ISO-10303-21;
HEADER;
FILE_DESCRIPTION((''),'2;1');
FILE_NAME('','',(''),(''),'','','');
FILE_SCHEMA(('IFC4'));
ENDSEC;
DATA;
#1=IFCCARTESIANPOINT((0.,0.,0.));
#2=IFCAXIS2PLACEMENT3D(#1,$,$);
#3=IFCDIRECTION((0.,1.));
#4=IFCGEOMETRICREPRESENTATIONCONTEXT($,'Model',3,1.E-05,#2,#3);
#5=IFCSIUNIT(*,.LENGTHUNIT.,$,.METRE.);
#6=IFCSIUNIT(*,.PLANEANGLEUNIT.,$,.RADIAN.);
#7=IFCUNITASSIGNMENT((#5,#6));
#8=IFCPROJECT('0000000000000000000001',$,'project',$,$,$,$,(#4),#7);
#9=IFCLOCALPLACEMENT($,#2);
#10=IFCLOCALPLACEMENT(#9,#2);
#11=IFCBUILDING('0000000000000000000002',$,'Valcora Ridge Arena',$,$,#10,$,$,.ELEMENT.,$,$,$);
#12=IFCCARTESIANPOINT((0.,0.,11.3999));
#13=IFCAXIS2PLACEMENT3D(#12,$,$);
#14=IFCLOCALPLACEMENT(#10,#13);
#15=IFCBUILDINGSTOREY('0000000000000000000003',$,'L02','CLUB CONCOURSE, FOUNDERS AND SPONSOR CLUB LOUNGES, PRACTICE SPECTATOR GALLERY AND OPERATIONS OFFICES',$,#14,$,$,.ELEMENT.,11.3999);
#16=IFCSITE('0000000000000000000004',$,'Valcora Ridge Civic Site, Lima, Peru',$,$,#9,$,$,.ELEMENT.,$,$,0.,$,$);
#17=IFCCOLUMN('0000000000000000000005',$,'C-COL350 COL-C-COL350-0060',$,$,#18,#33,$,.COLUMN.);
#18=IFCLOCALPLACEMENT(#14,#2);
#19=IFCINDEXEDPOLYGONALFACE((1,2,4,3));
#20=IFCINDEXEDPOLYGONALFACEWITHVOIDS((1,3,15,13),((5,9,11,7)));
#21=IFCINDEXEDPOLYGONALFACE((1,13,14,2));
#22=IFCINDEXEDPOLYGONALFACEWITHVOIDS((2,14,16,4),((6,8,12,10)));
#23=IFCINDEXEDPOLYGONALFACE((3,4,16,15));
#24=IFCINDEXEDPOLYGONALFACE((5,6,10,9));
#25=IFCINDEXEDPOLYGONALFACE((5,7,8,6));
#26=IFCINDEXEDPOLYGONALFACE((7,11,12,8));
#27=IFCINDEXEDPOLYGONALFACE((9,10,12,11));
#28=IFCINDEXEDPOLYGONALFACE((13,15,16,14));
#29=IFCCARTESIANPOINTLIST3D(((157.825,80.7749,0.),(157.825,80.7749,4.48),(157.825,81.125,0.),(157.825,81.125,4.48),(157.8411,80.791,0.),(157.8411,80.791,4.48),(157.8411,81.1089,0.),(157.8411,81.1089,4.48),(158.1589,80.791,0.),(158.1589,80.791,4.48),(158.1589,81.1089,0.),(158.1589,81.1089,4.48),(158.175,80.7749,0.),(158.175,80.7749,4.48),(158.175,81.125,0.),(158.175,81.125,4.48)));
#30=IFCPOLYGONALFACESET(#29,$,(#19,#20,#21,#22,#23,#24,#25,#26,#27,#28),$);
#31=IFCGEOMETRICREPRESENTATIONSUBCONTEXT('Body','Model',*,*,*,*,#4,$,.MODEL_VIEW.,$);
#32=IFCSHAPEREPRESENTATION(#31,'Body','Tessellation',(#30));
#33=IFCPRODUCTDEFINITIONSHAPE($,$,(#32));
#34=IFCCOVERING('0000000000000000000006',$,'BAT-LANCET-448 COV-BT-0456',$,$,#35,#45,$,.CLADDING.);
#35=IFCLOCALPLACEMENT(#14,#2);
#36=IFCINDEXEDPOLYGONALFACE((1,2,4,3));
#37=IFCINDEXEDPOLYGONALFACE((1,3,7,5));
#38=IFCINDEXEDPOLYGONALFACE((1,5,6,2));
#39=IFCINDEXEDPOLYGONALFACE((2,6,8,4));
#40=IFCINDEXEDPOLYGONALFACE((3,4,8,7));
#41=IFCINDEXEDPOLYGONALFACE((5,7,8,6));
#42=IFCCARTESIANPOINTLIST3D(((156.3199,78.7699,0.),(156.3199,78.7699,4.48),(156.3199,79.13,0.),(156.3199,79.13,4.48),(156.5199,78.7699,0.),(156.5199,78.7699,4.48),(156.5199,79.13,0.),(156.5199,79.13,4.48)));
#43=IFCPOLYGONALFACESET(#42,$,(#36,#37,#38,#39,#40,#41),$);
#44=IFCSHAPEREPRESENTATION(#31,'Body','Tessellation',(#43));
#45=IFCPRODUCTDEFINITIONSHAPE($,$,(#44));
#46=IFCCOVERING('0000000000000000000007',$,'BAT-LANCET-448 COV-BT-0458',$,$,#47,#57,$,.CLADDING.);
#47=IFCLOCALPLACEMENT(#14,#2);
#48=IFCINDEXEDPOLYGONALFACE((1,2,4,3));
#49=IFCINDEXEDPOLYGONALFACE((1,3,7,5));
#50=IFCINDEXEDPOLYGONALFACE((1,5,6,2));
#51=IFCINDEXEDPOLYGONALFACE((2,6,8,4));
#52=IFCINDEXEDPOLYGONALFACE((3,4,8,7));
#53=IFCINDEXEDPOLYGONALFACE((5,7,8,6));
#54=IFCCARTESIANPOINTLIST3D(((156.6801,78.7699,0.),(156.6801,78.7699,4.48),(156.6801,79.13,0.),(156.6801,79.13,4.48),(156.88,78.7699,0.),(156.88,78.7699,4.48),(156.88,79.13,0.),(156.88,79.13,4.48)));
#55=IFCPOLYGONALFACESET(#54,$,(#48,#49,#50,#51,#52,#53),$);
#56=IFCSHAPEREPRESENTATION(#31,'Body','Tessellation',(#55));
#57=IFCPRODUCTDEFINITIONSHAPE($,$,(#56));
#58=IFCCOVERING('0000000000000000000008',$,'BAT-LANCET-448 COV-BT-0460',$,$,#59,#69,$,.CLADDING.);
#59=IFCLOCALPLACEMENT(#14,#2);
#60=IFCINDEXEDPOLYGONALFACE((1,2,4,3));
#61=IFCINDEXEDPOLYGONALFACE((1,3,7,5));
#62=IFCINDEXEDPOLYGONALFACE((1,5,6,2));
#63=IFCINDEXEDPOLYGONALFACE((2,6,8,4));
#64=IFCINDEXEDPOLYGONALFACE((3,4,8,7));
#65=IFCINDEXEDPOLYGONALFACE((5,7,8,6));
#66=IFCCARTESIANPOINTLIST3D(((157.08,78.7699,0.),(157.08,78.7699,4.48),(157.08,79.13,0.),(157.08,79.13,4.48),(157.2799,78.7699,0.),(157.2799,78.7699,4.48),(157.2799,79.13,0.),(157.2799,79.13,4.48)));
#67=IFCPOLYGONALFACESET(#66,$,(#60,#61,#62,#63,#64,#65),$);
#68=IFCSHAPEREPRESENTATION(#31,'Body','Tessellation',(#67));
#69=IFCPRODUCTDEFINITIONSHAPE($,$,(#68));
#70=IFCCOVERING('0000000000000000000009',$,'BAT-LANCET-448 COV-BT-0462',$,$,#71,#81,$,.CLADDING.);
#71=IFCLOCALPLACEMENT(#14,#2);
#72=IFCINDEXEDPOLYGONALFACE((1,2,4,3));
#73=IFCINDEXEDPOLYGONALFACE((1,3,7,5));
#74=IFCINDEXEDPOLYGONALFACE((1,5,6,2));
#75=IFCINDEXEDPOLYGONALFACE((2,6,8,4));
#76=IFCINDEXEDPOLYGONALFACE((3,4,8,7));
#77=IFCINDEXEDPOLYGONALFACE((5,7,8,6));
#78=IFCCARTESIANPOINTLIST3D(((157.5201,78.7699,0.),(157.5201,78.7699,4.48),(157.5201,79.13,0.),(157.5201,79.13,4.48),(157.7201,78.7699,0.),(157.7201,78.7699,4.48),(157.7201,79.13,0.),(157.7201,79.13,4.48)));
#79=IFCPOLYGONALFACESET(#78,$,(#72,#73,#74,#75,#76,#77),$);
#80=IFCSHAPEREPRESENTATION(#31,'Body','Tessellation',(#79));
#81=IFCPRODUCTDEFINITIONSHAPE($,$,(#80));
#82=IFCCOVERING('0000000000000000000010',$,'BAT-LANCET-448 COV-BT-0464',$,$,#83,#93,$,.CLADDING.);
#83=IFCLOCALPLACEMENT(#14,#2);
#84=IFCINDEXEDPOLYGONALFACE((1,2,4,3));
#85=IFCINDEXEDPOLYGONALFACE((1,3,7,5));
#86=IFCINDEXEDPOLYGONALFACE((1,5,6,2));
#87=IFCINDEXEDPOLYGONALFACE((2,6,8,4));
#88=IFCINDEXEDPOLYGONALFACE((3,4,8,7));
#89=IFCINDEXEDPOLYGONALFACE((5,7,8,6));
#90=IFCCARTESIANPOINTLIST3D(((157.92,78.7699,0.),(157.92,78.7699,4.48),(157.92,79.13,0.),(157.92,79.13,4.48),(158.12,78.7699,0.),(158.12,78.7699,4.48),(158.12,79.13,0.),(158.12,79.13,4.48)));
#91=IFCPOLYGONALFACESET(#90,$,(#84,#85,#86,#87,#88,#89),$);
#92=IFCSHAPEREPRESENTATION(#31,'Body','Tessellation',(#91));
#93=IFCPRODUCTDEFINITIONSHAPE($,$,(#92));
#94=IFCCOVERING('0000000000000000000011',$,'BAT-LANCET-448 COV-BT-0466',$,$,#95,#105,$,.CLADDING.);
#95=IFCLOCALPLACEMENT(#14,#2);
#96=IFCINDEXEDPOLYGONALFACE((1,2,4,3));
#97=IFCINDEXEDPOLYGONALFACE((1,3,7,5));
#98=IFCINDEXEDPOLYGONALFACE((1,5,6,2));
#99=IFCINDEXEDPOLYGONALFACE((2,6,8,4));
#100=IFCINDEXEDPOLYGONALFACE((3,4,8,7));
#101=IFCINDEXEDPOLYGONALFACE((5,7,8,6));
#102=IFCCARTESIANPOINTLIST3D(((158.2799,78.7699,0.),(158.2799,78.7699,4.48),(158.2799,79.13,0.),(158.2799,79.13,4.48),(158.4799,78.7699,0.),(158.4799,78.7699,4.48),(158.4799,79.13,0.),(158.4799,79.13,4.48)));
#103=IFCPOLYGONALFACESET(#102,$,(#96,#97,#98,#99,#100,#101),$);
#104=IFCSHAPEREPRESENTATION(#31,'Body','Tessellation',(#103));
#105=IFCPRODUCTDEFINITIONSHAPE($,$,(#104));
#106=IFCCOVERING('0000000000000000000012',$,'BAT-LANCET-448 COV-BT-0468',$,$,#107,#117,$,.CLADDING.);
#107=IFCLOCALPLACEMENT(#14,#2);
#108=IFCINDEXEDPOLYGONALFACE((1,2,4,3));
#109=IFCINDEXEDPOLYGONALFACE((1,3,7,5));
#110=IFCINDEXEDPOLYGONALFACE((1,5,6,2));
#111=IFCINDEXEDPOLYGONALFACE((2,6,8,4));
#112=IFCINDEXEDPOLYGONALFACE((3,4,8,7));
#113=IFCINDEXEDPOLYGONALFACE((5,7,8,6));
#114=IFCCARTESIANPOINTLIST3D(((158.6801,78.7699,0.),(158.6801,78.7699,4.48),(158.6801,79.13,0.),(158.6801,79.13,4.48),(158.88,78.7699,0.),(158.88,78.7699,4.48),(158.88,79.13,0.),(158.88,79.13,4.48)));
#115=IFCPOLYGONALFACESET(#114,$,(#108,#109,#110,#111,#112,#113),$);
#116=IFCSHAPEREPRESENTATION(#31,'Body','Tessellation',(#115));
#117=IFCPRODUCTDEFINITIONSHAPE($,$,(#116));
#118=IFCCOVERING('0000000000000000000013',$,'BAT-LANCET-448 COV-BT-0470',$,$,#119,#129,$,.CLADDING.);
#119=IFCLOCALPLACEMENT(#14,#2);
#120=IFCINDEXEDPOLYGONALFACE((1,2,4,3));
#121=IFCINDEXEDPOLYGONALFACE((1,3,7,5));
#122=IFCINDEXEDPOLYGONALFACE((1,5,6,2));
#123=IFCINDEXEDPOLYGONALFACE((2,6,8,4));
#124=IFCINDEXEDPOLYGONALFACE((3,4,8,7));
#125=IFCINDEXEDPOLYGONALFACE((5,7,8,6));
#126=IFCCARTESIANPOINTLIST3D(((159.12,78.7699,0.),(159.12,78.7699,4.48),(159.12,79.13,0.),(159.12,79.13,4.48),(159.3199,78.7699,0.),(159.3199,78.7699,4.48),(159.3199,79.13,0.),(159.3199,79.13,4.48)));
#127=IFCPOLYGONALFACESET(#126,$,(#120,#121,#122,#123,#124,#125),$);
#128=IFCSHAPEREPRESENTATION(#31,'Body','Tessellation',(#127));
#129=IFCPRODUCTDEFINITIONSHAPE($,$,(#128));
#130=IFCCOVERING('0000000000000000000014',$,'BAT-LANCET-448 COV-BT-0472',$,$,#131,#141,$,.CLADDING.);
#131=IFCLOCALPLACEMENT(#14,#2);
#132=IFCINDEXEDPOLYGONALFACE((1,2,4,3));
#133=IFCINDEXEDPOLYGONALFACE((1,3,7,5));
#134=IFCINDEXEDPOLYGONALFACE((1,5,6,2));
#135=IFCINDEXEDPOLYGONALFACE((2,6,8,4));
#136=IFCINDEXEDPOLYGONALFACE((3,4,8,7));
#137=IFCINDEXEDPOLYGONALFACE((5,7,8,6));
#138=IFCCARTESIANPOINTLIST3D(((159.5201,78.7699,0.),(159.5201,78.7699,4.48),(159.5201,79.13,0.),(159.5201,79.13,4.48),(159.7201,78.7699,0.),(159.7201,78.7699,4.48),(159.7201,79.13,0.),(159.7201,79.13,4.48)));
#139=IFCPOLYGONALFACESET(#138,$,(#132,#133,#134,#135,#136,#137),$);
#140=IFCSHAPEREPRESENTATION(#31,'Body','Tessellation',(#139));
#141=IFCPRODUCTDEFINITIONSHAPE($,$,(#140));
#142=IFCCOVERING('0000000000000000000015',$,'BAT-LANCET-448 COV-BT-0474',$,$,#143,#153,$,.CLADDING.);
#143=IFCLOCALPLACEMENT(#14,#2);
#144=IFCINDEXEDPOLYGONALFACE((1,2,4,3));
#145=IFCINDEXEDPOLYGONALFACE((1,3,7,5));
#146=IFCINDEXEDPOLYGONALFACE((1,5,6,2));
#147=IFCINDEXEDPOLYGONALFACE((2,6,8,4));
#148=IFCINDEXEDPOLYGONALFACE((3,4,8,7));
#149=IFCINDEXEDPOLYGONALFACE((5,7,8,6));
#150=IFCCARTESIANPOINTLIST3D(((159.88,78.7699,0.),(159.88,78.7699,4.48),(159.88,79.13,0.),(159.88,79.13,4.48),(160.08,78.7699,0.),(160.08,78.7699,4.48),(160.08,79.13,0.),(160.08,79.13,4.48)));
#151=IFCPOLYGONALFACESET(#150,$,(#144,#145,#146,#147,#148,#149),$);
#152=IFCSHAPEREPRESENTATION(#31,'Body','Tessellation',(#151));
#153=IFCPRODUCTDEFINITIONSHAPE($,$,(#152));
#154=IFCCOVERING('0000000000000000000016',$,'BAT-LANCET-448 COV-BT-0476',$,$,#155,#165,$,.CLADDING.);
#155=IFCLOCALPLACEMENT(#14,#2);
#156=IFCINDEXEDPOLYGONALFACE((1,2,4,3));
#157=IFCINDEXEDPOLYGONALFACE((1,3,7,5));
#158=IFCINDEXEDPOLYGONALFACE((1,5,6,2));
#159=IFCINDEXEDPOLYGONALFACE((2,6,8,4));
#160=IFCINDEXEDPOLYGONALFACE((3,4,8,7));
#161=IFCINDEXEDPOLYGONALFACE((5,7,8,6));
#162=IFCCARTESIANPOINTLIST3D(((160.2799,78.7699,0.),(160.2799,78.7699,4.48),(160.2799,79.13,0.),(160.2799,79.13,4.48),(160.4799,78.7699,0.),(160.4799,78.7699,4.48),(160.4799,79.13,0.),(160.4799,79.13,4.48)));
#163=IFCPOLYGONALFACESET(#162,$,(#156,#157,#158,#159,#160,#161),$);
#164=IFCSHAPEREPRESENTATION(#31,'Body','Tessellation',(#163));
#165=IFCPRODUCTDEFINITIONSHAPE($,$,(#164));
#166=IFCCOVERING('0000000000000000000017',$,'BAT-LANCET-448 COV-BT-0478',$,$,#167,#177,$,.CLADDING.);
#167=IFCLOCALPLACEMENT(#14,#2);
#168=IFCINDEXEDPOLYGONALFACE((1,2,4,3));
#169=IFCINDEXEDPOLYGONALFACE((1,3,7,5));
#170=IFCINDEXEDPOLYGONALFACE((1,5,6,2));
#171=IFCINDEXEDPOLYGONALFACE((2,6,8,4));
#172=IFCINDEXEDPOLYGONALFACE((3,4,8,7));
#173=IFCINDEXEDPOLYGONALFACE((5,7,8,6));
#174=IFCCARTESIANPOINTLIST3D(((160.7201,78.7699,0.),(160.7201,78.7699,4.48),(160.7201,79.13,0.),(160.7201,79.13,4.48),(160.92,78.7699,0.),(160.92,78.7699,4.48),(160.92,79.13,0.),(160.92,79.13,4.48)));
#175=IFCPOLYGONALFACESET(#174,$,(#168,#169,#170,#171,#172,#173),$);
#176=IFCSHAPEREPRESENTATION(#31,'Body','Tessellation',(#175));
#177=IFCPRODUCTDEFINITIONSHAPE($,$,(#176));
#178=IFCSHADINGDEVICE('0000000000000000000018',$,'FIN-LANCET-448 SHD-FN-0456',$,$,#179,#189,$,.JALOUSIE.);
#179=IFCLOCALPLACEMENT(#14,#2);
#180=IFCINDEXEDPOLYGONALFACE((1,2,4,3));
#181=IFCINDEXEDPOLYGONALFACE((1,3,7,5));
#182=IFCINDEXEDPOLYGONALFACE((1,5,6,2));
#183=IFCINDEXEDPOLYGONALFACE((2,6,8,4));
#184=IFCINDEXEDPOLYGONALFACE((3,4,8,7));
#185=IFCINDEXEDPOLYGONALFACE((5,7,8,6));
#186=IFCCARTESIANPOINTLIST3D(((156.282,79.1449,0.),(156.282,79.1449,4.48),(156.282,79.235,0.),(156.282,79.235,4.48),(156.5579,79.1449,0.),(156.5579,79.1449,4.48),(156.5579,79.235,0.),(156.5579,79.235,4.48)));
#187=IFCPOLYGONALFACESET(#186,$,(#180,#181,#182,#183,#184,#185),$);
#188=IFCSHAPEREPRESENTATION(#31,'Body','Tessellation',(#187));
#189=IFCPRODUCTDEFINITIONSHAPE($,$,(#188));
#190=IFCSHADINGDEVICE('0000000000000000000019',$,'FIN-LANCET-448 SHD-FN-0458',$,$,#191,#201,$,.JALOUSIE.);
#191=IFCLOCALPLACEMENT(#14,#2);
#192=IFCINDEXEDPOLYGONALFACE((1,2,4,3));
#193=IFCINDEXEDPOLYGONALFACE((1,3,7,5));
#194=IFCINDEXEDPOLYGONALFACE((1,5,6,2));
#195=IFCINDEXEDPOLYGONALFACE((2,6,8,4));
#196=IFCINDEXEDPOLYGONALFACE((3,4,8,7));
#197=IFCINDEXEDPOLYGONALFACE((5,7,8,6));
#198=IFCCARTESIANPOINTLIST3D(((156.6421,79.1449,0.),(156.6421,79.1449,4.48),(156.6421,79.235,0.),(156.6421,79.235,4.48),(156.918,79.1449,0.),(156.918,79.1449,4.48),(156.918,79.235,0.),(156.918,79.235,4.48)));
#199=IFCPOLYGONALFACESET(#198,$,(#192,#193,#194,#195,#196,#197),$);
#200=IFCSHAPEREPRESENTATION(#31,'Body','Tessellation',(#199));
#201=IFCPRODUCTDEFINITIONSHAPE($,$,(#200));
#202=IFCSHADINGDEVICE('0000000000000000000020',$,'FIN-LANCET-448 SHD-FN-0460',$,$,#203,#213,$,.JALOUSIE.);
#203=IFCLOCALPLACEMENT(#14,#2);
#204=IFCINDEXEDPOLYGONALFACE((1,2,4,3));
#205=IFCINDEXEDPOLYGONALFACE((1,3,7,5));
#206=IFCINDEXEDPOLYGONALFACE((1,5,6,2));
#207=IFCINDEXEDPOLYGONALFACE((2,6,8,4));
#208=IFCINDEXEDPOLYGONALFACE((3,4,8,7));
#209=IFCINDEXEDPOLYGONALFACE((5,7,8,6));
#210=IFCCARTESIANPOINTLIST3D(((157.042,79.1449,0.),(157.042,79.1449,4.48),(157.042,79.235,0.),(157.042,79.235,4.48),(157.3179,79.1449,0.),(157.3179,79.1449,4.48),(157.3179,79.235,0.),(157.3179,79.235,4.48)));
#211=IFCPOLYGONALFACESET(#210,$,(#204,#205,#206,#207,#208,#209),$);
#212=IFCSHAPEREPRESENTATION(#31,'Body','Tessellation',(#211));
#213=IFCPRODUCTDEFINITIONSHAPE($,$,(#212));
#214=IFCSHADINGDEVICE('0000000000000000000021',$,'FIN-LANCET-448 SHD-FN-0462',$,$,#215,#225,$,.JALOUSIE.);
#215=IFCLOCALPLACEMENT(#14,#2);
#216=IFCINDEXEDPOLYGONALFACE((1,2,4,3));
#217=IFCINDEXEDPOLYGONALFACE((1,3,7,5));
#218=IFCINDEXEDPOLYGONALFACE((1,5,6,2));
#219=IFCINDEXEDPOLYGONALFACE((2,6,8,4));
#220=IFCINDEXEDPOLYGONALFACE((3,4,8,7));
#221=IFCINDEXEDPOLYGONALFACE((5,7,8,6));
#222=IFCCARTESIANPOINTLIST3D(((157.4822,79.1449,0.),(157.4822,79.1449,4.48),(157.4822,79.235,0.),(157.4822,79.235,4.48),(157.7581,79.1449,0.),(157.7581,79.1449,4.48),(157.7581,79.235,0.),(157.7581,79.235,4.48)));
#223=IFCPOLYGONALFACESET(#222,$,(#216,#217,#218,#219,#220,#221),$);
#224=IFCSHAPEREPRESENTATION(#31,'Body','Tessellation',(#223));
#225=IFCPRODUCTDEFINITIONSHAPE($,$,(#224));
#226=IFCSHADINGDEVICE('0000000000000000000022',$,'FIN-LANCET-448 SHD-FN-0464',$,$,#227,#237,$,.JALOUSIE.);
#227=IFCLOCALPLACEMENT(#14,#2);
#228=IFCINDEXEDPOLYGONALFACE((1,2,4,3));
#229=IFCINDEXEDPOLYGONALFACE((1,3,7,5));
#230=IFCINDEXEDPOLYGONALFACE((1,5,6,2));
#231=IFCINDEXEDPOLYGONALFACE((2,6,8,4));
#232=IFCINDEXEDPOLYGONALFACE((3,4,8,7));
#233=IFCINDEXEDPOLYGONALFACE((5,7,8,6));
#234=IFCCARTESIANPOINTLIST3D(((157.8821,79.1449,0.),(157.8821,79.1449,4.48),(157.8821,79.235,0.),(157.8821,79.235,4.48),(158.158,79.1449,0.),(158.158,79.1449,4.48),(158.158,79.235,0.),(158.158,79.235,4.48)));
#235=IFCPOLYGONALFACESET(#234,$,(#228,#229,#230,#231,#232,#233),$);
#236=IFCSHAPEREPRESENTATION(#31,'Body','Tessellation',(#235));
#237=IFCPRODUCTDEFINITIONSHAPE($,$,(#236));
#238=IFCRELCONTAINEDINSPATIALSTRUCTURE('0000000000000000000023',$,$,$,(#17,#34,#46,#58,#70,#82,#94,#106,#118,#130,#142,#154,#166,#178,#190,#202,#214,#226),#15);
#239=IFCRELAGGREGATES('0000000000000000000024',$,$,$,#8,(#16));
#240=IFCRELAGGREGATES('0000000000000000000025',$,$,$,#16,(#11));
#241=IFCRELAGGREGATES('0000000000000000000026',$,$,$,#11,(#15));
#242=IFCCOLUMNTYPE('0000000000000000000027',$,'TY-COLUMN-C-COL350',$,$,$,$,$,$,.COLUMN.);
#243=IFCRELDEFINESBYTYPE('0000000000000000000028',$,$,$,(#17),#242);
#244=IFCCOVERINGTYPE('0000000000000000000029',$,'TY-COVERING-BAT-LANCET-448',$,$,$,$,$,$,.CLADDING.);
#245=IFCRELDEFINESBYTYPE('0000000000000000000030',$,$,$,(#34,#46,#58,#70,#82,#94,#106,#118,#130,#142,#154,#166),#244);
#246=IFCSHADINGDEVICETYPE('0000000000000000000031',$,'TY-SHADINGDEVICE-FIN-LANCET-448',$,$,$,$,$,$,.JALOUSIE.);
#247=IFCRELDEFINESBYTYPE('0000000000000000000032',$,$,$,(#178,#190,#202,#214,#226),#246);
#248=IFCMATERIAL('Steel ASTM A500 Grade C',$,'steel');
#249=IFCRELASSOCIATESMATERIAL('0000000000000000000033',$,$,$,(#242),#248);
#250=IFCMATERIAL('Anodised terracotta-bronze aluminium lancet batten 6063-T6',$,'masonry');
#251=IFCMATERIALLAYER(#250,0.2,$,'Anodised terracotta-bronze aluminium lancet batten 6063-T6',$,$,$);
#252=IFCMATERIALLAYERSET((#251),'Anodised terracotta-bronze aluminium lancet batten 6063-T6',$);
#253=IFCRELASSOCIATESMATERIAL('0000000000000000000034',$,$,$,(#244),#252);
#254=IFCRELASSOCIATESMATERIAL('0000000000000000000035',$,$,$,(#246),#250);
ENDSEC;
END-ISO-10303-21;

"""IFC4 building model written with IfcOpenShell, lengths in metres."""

from ifc_helpers import new_model, si_unit, direction, frame, origin, origin_2d, place, context, subcontext, project, spatial, rectangle, hollow_rectangle, extrude, material, layer, layer_set, material_profile, profile_set, type_object, element, save


model = new_model("IFC4")

# Units and contexts
model_context = context("Model", 3, precision=1e-05, world=origin(), true_north=direction((0.0, 1.0)))
body_context = subcontext(model_context, "Body", "Model", "MODEL_VIEW")
ifc_project = project(units=[si_unit("LENGTHUNIT", "METRE"), si_unit("PLANEANGLEUNIT", "RADIAN")], contexts=[model_context])

# Site, building, storey
site_placement = place(None, origin())
site = spatial("IfcSite", under=ifc_project, at=site_placement, Name="Valcora Ridge Civic Site, Lima, Peru", CompositionType="ELEMENT", RefElevation=0.0)
building_placement = place(site_placement, origin())
building = spatial("IfcBuilding", under=site, at=building_placement, Name="Valcora Ridge Arena", CompositionType="ELEMENT")
storey_placement = place(building_placement, frame((0.0, 0.0, 11.3999)))
storey = spatial("IfcBuildingStorey", under=building, at=storey_placement, Name="L02", Description="CLUB CONCOURSE, FOUNDERS AND SPONSOR CLUB LOUNGES, PRACTICE SPECTATOR GALLERY AND OPERATIONS OFFICES", CompositionType="ELEMENT", Elevation=11.3999)

# Column
ifc_material_1 = material(Name="Steel ASTM A500 Grade C", Category="steel")
ifc_material_profile_1 = material_profile(ifc_material_1, hollow_rectangle(XDim=0.3501, YDim=0.3501, WallThickness=0.0161, at=origin_2d()), Name="HSS350X350X16")
ifc_profile_set_1 = profile_set([ifc_material_profile_1], Name="Steel ASTM A500 Grade C")
column_type = type_object("IfcColumnType", Name="TY-COLUMN-C-COL350", PredefinedType="COLUMN", material=ifc_profile_set_1)
column_placement = place(storey_placement, frame((158.0, 80.95, 0.0), z_axis=(0.0, 0.0, 1.0), x_axis=(1.0, 0.0, 0.0)))
element("IfcColumn", 1, at=column_placement, inside=storey, type_object=column_type, Name="C-COL350 COL-C-COL350-0060", PredefinedType="COLUMN", context=body_context, shape_type="SweptSolid", body=[
    extrude(hollow_rectangle(XDim=0.3501, YDim=0.3501, WallThickness=0.0161, at=origin_2d()), origin(), (0.0, 0.0, 1.0), 4.48),
])

# Coverings
ifc_material_2 = material(Name="Anodised terracotta-bronze aluminium lancet batten 6063-T6", Category="masonry")
ifc_layer_1 = layer(ifc_material_2, 0.2, Name="Anodised terracotta-bronze aluminium lancet batten 6063-T6")
ifc_layer_set_1 = layer_set([ifc_layer_1], Name="Anodised terracotta-bronze aluminium lancet batten 6063-T6")
covering_type = type_object("IfcCoveringType", Name="TY-COVERING-BAT-LANCET-448", PredefinedType="CLADDING", material=ifc_layer_set_1)
for number, where, z_axis, x_axis, name in (
    (2, (156.4199, 78.95, 0.0), (0.0, 0.0, 1.0), (1.0, 0.0, 0.0), "BAT-LANCET-448 COV-BT-0456"),
    (3, (156.78, 78.95, 0.0), (0.0, 0.0, 1.0), (1.0, 0.0, 0.0), "BAT-LANCET-448 COV-BT-0458"),
    (4, (157.1799, 78.95, 0.0), (0.0, 0.0, 1.0), (1.0, 0.0, 0.0), "BAT-LANCET-448 COV-BT-0460"),
    (5, (157.6201, 78.95, 0.0), (0.0, 0.0, 1.0), (1.0, 0.0, 0.0), "BAT-LANCET-448 COV-BT-0462"),
    (6, (158.02, 78.95, 0.0), (0.0, 0.0, 1.0), (1.0, 0.0, 0.0), "BAT-LANCET-448 COV-BT-0464"),
    (7, (158.3799, 78.95, 0.0), (0.0, 0.0, 1.0), (1.0, 0.0, 0.0), "BAT-LANCET-448 COV-BT-0466"),
    (8, (158.78, 78.95, 0.0), (0.0, 0.0, 1.0), (1.0, 0.0, 0.0), "BAT-LANCET-448 COV-BT-0468"),
    (9, (159.22, 78.95, 0.0), (0.0, 0.0, 1.0), (1.0, 0.0, 0.0), "BAT-LANCET-448 COV-BT-0470"),
    (10, (159.6201, 78.95, 0.0), (0.0, 0.0, 1.0), (1.0, 0.0, 0.0), "BAT-LANCET-448 COV-BT-0472"),
    (11, (159.98, 78.95, 0.0), (0.0, 0.0, 1.0), (1.0, 0.0, 0.0), "BAT-LANCET-448 COV-BT-0474"),
    (12, (160.3799, 78.95, 0.0), (0.0, 0.0, 1.0), (1.0, 0.0, 0.0), "BAT-LANCET-448 COV-BT-0476"),
    (13, (160.8201, 78.95, 0.0), (0.0, 0.0, 1.0), (1.0, 0.0, 0.0), "BAT-LANCET-448 COV-BT-0478"),
):
    element("IfcCovering", number, at=place(storey_placement, frame(where, z_axis=z_axis, x_axis=x_axis)), inside=storey, type_object=covering_type, Name=name, PredefinedType="CLADDING", context=body_context, shape_type="SweptSolid", body=[
        extrude(rectangle(XDim=0.2, YDim=0.3601, at=origin_2d()), origin(), (0.0, 0.0, 1.0), 4.48),
    ])

# Shading devices
ifc_material_profile_2 = material_profile(ifc_material_2, rectangle(XDim=0.0901, YDim=0.2759, at=origin_2d()), Name="ALU LANCET BATTEN 90x276")
ifc_profile_set_2 = profile_set([ifc_material_profile_2], Name="Anodised terracotta-bronze aluminium lancet batten 6063-T6")
shading_device_type = type_object("IfcShadingDeviceType", Name="TY-SHADINGDEVICE-FIN-LANCET-448", PredefinedType="JALOUSIE", material=ifc_profile_set_2)
for number, where, z_axis, x_axis, name in (
    (14, (156.4199, 79.1899, 0.0), (0.0, 0.0, 1.0), (0.0, 1.0, 0.0), "FIN-LANCET-448 SHD-FN-0456"),
    (15, (156.78, 79.1899, 0.0), (0.0, 0.0, 1.0), (0.0, 1.0, 0.0), "FIN-LANCET-448 SHD-FN-0458"),
    (16, (157.1799, 79.1899, 0.0), (0.0, 0.0, 1.0), (0.0, 1.0, 0.0), "FIN-LANCET-448 SHD-FN-0460"),
    (17, (157.6201, 79.1899, 0.0), (0.0, 0.0, 1.0), (0.0, 1.0, 0.0), "FIN-LANCET-448 SHD-FN-0462"),
    (18, (158.02, 79.1899, 0.0), (0.0, 0.0, 1.0), (0.0, 1.0, 0.0), "FIN-LANCET-448 SHD-FN-0464"),
):
    element("IfcShadingDevice", number, at=place(storey_placement, frame(where, z_axis=z_axis, x_axis=x_axis)), inside=storey, type_object=shading_device_type, Name=name, PredefinedType="JALOUSIE", context=body_context, shape_type="SweptSolid", body=[
        extrude(rectangle(XDim=0.0901, YDim=0.2759, at=origin_2d()), origin(), (0.0, 0.0, 1.0), 4.48),
    ])

save(model, "model.ifc")
